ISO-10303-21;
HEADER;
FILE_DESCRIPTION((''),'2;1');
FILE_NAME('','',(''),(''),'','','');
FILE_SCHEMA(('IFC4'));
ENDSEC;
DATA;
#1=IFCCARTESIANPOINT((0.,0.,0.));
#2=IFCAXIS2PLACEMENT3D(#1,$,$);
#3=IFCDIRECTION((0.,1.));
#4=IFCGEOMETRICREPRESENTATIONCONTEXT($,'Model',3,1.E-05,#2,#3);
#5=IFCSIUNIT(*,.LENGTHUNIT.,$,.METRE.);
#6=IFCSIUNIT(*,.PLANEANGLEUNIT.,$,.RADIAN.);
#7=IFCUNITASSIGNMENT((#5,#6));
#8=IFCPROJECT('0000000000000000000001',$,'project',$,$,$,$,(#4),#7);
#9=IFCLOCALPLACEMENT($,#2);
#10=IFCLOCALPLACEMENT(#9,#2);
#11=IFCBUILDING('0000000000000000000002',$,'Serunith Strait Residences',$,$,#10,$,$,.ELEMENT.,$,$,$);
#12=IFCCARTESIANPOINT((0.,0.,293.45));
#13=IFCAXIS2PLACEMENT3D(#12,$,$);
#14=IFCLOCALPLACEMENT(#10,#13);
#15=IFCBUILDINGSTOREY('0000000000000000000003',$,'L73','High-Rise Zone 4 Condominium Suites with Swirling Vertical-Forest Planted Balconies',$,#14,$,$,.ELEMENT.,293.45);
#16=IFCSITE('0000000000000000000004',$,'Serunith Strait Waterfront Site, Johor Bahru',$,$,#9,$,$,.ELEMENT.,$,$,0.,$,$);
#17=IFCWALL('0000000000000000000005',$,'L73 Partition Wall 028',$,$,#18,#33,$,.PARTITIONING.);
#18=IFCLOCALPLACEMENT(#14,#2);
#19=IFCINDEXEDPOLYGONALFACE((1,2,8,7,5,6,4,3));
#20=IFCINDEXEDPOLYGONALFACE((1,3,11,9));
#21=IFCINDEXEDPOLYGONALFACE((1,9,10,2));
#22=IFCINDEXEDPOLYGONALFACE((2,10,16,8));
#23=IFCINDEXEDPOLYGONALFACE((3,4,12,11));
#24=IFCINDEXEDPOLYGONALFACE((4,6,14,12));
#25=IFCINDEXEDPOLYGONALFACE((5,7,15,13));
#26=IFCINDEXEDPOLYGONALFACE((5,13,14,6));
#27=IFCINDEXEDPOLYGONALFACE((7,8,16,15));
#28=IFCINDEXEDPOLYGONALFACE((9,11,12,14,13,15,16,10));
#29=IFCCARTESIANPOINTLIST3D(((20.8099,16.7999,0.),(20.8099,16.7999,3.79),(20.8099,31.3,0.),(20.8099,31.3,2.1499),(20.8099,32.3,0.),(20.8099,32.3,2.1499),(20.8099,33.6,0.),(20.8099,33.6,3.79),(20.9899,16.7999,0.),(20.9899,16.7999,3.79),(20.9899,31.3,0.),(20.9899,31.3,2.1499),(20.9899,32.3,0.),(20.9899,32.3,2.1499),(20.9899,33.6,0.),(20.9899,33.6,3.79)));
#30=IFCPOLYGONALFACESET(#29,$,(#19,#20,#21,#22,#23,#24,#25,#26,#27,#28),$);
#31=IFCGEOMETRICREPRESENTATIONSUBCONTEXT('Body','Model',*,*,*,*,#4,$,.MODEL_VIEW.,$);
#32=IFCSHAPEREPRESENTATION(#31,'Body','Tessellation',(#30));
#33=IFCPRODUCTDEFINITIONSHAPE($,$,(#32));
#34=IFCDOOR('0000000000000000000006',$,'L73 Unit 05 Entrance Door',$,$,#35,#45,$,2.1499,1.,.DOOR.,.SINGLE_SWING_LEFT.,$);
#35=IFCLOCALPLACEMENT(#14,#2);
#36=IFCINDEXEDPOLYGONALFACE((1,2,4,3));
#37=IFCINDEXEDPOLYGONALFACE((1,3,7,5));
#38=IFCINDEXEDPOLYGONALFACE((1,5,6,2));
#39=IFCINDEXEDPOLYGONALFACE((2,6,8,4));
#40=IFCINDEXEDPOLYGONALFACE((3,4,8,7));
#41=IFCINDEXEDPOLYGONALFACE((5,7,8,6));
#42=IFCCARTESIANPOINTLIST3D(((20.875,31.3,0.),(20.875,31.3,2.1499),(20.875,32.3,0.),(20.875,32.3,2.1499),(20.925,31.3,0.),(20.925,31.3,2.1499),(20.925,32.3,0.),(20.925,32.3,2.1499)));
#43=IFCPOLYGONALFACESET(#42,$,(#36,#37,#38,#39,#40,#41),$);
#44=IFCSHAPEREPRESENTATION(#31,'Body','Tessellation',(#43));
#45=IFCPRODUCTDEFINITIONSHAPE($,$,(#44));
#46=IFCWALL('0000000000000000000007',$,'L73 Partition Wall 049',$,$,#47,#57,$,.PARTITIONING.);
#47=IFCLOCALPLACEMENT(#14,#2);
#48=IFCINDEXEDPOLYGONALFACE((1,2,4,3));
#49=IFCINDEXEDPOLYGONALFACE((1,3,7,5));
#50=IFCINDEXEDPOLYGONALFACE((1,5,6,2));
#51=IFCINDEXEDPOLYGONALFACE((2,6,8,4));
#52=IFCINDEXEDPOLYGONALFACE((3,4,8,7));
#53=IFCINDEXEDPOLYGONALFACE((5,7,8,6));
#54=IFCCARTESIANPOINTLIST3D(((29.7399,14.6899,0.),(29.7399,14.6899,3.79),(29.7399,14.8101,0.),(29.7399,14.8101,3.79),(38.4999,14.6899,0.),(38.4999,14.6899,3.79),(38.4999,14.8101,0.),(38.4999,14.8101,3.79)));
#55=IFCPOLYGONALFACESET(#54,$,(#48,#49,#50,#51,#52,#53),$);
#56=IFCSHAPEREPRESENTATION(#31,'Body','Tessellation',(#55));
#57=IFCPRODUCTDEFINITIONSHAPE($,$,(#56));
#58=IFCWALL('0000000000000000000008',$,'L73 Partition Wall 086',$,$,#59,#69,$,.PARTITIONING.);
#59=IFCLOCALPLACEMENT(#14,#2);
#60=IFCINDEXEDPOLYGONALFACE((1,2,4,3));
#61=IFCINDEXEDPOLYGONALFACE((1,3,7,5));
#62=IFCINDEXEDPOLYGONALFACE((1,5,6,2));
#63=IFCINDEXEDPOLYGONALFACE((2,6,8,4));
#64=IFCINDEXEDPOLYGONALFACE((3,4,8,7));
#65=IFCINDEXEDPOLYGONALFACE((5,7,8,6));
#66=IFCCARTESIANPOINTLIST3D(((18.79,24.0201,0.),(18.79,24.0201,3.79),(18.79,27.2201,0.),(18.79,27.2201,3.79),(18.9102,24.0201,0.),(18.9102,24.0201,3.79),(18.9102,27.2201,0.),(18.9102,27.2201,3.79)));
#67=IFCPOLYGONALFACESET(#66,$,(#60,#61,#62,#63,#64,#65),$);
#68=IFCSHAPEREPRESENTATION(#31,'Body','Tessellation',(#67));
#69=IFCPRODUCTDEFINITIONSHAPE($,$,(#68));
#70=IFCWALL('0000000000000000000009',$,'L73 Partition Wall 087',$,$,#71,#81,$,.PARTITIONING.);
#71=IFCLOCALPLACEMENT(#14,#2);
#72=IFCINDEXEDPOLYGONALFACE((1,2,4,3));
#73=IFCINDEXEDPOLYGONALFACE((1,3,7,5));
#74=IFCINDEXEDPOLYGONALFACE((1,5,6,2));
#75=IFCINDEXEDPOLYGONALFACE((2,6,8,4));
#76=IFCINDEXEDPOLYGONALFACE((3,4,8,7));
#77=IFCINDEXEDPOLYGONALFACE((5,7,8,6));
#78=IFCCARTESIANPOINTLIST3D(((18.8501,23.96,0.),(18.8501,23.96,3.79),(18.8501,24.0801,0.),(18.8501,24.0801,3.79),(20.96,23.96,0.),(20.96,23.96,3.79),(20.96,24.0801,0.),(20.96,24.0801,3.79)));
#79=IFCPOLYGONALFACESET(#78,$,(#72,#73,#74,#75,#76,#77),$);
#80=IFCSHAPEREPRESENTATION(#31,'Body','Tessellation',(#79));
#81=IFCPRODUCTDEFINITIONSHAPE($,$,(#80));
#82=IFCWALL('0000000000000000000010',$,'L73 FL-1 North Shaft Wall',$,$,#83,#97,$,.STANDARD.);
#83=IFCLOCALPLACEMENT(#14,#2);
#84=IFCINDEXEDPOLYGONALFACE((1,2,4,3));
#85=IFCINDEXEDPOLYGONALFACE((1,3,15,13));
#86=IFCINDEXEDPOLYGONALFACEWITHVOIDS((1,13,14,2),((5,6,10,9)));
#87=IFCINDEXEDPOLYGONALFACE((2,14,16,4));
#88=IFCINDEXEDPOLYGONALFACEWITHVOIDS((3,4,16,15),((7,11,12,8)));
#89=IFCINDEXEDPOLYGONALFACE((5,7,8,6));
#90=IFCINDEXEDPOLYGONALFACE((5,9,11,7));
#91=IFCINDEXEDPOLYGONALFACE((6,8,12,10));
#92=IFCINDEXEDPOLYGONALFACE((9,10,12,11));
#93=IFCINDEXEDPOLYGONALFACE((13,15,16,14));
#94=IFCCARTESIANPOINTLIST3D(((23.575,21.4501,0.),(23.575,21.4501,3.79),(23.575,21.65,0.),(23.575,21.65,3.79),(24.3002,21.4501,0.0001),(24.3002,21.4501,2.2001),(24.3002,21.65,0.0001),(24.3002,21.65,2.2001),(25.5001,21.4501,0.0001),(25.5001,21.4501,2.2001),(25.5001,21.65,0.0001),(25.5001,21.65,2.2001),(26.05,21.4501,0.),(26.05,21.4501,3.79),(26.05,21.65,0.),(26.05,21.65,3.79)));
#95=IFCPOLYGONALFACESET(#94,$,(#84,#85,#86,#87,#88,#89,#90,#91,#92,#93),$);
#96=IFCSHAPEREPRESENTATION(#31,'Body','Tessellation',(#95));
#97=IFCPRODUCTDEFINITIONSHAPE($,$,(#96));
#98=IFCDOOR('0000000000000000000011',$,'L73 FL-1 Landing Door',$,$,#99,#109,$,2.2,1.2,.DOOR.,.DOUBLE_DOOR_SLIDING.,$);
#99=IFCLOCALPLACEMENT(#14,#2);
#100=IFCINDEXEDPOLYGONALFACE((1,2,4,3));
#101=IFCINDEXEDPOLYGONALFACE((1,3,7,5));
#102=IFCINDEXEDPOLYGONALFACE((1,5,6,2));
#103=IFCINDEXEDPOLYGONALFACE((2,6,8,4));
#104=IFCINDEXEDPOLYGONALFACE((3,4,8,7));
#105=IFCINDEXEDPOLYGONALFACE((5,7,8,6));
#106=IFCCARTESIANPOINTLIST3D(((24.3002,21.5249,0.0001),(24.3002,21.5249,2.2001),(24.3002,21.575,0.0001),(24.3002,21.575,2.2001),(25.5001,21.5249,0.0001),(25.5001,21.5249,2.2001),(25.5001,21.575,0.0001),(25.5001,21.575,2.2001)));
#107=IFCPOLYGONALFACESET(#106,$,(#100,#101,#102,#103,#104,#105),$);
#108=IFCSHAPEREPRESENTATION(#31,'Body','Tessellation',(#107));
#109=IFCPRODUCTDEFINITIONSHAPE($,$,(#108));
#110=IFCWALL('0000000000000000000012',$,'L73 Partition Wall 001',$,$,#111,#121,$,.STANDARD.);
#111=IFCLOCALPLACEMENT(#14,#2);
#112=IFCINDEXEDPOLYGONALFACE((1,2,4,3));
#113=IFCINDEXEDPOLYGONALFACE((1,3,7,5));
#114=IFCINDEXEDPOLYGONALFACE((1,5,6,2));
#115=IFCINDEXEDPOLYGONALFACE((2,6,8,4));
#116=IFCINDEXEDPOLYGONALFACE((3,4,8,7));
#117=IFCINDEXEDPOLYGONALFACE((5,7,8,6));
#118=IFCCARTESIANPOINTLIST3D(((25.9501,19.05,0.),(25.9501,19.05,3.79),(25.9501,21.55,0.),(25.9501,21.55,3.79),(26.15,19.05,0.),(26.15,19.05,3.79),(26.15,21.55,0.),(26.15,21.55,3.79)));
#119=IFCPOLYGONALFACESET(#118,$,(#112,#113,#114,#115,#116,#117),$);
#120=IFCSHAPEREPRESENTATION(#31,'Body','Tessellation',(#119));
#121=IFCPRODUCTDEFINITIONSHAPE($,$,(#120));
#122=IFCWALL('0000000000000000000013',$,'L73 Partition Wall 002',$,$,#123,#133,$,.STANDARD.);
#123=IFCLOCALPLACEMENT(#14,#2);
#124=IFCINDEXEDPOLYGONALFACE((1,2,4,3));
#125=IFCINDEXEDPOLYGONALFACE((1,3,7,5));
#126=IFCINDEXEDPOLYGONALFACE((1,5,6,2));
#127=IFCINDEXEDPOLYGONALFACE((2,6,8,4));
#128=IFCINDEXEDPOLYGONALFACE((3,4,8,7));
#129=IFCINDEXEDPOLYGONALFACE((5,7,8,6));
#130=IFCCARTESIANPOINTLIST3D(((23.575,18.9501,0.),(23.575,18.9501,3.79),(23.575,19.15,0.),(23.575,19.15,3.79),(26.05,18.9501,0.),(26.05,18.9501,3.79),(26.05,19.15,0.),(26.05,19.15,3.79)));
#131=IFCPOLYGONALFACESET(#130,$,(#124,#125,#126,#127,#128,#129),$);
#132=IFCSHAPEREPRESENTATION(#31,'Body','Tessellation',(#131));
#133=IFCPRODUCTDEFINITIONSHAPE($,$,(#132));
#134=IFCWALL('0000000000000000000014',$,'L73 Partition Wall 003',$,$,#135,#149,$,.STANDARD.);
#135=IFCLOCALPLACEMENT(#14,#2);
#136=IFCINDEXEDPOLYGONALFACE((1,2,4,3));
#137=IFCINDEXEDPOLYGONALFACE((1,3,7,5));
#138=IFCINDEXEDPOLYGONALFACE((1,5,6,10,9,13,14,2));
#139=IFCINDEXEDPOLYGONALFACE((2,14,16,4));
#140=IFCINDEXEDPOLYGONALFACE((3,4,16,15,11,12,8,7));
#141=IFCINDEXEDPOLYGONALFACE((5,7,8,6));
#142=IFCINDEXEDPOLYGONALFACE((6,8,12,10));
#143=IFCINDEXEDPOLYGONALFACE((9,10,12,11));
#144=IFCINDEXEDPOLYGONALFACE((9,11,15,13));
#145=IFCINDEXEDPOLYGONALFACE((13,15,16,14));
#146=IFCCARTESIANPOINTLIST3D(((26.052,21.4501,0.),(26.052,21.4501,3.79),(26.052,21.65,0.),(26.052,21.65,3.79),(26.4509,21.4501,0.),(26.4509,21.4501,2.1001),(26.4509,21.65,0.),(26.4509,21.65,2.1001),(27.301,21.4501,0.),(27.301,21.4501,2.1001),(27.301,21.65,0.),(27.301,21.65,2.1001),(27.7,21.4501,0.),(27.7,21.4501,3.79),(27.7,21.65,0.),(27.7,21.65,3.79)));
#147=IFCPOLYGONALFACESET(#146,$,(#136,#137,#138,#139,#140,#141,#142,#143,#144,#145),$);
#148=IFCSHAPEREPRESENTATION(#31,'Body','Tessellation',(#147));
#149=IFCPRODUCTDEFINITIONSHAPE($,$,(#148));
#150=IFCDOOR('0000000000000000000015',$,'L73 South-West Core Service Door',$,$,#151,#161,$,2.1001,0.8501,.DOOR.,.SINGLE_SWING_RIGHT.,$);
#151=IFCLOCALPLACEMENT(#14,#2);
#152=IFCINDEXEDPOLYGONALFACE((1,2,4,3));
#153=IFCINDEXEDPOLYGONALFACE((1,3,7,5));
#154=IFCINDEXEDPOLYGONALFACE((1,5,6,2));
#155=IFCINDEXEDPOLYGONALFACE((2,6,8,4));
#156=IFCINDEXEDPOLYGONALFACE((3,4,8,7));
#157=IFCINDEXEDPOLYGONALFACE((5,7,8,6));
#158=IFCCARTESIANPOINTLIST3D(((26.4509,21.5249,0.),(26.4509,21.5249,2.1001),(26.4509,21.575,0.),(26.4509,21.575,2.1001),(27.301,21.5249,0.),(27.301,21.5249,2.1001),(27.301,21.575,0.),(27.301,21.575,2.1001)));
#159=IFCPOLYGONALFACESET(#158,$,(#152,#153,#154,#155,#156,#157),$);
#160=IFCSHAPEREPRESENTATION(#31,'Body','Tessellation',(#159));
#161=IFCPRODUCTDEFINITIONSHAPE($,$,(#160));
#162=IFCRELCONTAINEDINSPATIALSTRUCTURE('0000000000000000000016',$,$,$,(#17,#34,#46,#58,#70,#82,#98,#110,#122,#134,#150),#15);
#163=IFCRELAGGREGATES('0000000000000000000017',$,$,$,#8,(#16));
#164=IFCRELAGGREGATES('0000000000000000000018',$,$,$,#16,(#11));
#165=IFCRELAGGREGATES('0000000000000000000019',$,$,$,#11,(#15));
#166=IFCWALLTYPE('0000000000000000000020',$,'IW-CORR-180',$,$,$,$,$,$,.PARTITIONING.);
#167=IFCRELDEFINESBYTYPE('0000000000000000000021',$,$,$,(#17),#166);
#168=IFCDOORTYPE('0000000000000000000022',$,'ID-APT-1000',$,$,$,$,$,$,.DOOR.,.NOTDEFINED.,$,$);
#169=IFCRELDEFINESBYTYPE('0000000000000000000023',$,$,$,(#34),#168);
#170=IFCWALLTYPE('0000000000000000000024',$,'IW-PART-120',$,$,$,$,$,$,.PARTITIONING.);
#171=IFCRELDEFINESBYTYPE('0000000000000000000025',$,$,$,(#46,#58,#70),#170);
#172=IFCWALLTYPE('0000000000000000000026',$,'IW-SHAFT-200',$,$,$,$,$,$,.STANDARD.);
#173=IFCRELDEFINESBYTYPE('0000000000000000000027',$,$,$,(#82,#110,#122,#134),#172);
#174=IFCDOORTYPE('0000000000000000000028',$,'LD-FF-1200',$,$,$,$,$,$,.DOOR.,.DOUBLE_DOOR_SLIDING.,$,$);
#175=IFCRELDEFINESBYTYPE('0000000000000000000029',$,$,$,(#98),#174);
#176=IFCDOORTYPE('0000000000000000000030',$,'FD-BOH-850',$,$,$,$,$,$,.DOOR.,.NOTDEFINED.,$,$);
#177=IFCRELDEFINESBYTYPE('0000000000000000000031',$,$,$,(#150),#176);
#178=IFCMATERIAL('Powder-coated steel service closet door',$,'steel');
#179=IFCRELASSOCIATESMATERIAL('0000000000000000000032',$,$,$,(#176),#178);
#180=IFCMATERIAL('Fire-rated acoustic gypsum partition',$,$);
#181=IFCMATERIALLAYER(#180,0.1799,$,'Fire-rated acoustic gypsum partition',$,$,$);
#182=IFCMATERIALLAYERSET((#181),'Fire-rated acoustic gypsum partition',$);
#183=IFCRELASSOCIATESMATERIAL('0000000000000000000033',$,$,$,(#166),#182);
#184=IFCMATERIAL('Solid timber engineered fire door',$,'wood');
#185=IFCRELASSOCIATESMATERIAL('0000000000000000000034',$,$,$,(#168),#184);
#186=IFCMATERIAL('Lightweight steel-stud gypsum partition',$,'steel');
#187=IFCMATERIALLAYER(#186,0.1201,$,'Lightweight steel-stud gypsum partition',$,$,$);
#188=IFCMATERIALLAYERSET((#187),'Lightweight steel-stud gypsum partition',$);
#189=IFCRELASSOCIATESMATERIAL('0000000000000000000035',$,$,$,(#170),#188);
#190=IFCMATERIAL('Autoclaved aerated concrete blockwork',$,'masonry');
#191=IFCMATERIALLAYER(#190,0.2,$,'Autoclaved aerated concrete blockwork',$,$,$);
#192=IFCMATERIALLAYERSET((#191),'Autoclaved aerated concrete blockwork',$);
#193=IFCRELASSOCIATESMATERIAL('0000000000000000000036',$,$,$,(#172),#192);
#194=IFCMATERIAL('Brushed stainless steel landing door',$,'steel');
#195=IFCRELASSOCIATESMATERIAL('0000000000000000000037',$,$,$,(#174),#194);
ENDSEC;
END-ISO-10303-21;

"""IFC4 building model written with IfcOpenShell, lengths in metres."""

from ifc_helpers import new_model, si_unit, direction, frame, frame_2d, origin, place, context, subcontext, project, spatial, rectangle, extrude, source, transform, mapped, material, layer, layer_set, type_object, element, fill, save


model = new_model("IFC4")

# Units and contexts
model_context = context("Model", 3, precision=1e-05, world=origin(), true_north=direction((0.0, 1.0)))
body_context = subcontext(model_context, "Body", "Model", "MODEL_VIEW")
ifc_project = project(units=[si_unit("LENGTHUNIT", "METRE"), si_unit("PLANEANGLEUNIT", "RADIAN")], contexts=[model_context])

# Site, building, storey
site_placement = place(None, origin())
site = spatial("IfcSite", under=ifc_project, at=site_placement, Name="Serunith Strait Waterfront Site, Johor Bahru", CompositionType="ELEMENT", RefElevation=0.0)
building_placement = place(site_placement, origin())
building = spatial("IfcBuilding", under=site, at=building_placement, Name="Serunith Strait Residences", CompositionType="ELEMENT")
storey_placement = place(building_placement, frame((0.0, 0.0, 293.45)))
storey = spatial("IfcBuildingStorey", under=building, at=storey_placement, Name="L73", Description="High-Rise Zone 4 Condominium Suites with Swirling Vertical-Forest Planted Balconies", CompositionType="ELEMENT", Elevation=293.45)

# Wall, opening, door
ifc_material_1 = material(Name="Powder-coated steel service closet door", Category="steel")
door_type_1 = type_object("IfcDoorType", Name="FD-BOH-850", OperationType="NOTDEFINED", PredefinedType="DOOR", material=ifc_material_1)
shared_shape_1 = source(origin(), body_context, "Body", "SweptSolid", [
    extrude(rectangle(XDim=0.8501, YDim=2.1001, at=frame_2d((0.425, 1.05))), frame((0.0, 0.0249, 0.0), z_axis=(0.0, -1.0, 0.0), x_axis=(1.0, 0.0, 0.0)), (0.0, 0.0, 1.0), 0.05),
])
ifc_material_2 = material(Name="Fire-rated acoustic gypsum partition")
ifc_layer_1 = layer(ifc_material_2, 0.1799, Name="Fire-rated acoustic gypsum partition")
ifc_layer_set_1 = layer_set([ifc_layer_1], Name="Fire-rated acoustic gypsum partition")
wall_type_1 = type_object("IfcWallType", Name="IW-CORR-180", PredefinedType="PARTITIONING", material=ifc_layer_set_1)
ifc_material_3 = material(Name="Solid timber engineered fire door", Category="wood")
door_type_2 = type_object("IfcDoorType", Name="ID-APT-1000", OperationType="NOTDEFINED", PredefinedType="DOOR", material=ifc_material_3)
shared_shape_2 = source(origin(), body_context, "Body", "SweptSolid", [
    extrude(rectangle(XDim=1.0, YDim=2.1499, at=frame_2d((0.5, 1.075))), frame((0.0, 0.0249, 0.0), z_axis=(0.0, -1.0, 0.0), x_axis=(1.0, 0.0, 0.0)), (0.0, 0.0, 1.0), 0.05),
])
wall_1_placement = place(storey_placement, frame((20.8999, 16.8, 0.0), z_axis=(0.0, 0.0, 1.0), x_axis=(0.0, 1.0, 0.0)))
wall_1 = element("IfcWall", 1, at=wall_1_placement, inside=storey, type_object=wall_type_1, Name="L73 Partition Wall 028", PredefinedType="PARTITIONING", context=body_context, shape_type="SweptSolid", body=[
    extrude(rectangle(XDim=16.8, YDim=0.1799, at=frame_2d((8.3999, 0.0))), origin(), (0.0, 0.0, 1.0), 3.79),
])
opening_1_placement = place(wall_1_placement, frame((14.5, 0.0, 0.0)))
opening_1 = element("IfcOpeningElement", 2, at=opening_1_placement, cuts=wall_1, PredefinedType="OPENING", context=body_context, shape_type="SweptSolid", body=[
    extrude(rectangle(XDim=1.0, YDim=2.1499, at=frame_2d((0.5, 1.075))), frame((0.0, 0.1001, 0.0), z_axis=(0.0, -1.0, 0.0), x_axis=(1.0, 0.0, 0.0)), (0.0, 0.0, 1.0), 0.2),
])
door_1_placement = place(opening_1_placement, origin())
door_1 = element("IfcDoor", 3, at=door_1_placement, inside=storey, type_object=door_type_2, Name="L73 Unit 05 Entrance Door", OperationType="SINGLE_SWING_LEFT", OverallHeight=2.1499, OverallWidth=1.0, PredefinedType="DOOR", context=body_context, shape_type="MappedRepresentation", body=[
    mapped(shared_shape_2, transform((0.0, 0.0, 0.0), scale=1.0)),
])
fill(opening_1, door_1)

# Walls
ifc_material_4 = material(Name="Lightweight steel-stud gypsum partition", Category="steel")
ifc_layer_2 = layer(ifc_material_4, 0.1201, Name="Lightweight steel-stud gypsum partition")
ifc_layer_set_2 = layer_set([ifc_layer_2], Name="Lightweight steel-stud gypsum partition")
wall_type_2 = type_object("IfcWallType", Name="IW-PART-120", PredefinedType="PARTITIONING", material=ifc_layer_set_2)
wall_2_placement = place(storey_placement, frame((29.74, 14.75, 0.0), z_axis=(0.0, 0.0, 1.0), x_axis=(1.0, 0.0, 0.0)))
element("IfcWall", 4, at=wall_2_placement, inside=storey, type_object=wall_type_2, Name="L73 Partition Wall 049", PredefinedType="PARTITIONING", context=body_context, shape_type="SweptSolid", body=[
    extrude(rectangle(XDim=8.76, YDim=0.1201, at=frame_2d((4.3799, 0.0))), origin(), (0.0, 0.0, 1.0), 3.79),
])
wall_3_placement = place(storey_placement, frame((18.8501, 24.02, 0.0), z_axis=(0.0, 0.0, 1.0), x_axis=(0.0, 1.0, 0.0)))
element("IfcWall", 5, at=wall_3_placement, inside=storey, type_object=wall_type_2, Name="L73 Partition Wall 086", PredefinedType="PARTITIONING", context=body_context, shape_type="SweptSolid", body=[
    extrude(rectangle(XDim=3.2, YDim=0.1201, at=frame_2d((1.6001, 0.0))), origin(), (0.0, 0.0, 1.0), 3.79),
])
wall_4_placement = place(storey_placement, frame((18.8501, 24.02, 0.0), z_axis=(0.0, 0.0, 1.0), x_axis=(1.0, 0.0, 0.0)))
element("IfcWall", 6, at=wall_4_placement, inside=storey, type_object=wall_type_2, Name="L73 Partition Wall 087", PredefinedType="PARTITIONING", context=body_context, shape_type="SweptSolid", body=[
    extrude(rectangle(XDim=2.1099, YDim=0.1201, at=frame_2d((1.0549, 0.0))), origin(), (0.0, 0.0, 1.0), 3.79),
])

# Wall, opening, door
ifc_material_5 = material(Name="Autoclaved aerated concrete blockwork", Category="masonry")
ifc_layer_3 = layer(ifc_material_5, 0.2, Name="Autoclaved aerated concrete blockwork")
ifc_layer_set_3 = layer_set([ifc_layer_3], Name="Autoclaved aerated concrete blockwork")
wall_type_3 = type_object("IfcWallType", Name="IW-SHAFT-200", PredefinedType="STANDARD", material=ifc_layer_set_3)
wall_5_placement = place(storey_placement, frame((23.575, 21.55, 0.0), z_axis=(0.0, 0.0, 1.0), x_axis=(1.0, 0.0, 0.0)))
wall_5 = element("IfcWall", 7, at=wall_5_placement, inside=storey, type_object=wall_type_3, Name="L73 FL-1 North Shaft Wall", PredefinedType="STANDARD", context=body_context, shape_type="SweptSolid", body=[
    extrude(rectangle(XDim=2.4751, YDim=0.2, at=frame_2d((1.2375, 0.0))), origin(), (0.0, 0.0, 1.0), 3.79),
])
opening_2_placement = place(wall_5_placement, frame((0.7251, 0.0, 0.0)))
opening_2 = element("IfcOpeningElement", 8, at=opening_2_placement, cuts=wall_5, PredefinedType="OPENING", context=body_context, shape_type="SweptSolid", body=[
    extrude(rectangle(XDim=1.2, YDim=2.2, at=frame_2d((0.6001, 1.1001))), frame((0.0, 0.1099, 0.0), z_axis=(0.0, -1.0, 0.0), x_axis=(1.0, 0.0, 0.0)), (0.0, 0.0, 1.0), 0.22),
])
ifc_material_6 = material(Name="Brushed stainless steel landing door", Category="steel")
door_type_3 = type_object("IfcDoorType", Name="LD-FF-1200", OperationType="DOUBLE_DOOR_SLIDING", PredefinedType="DOOR", material=ifc_material_6)
shared_shape_3 = source(origin(), body_context, "Body", "SweptSolid", [
    extrude(rectangle(XDim=1.2, YDim=2.2, at=frame_2d((0.6001, 1.1001))), frame((0.0, 0.0249, 0.0), z_axis=(0.0, -1.0, 0.0), x_axis=(1.0, 0.0, 0.0)), (0.0, 0.0, 1.0), 0.05),
])
door_2_placement = place(opening_2_placement, origin())
door_2 = element("IfcDoor", 9, at=door_2_placement, inside=storey, type_object=door_type_3, Name="L73 FL-1 Landing Door", OperationType="DOUBLE_DOOR_SLIDING", OverallHeight=2.2, OverallWidth=1.2, PredefinedType="DOOR", context=body_context, shape_type="MappedRepresentation", body=[
    mapped(shared_shape_3, transform((0.0, 0.0, 0.0), scale=1.0)),
])
fill(opening_2, door_2)

# Walls
wall_6_placement = place(storey_placement, frame((26.05, 19.05, 0.0), z_axis=(0.0, 0.0, 1.0), x_axis=(0.0, 1.0, 0.0)))
element("IfcWall", 10, at=wall_6_placement, inside=storey, type_object=wall_type_3, Name="L73 Partition Wall 001", PredefinedType="STANDARD", context=body_context, shape_type="SweptSolid", body=[
    extrude(rectangle(XDim=2.5, YDim=0.2, at=frame_2d((1.25, 0.0))), origin(), (0.0, 0.0, 1.0), 3.79),
])
wall_7_placement = place(storey_placement, frame((23.575, 19.05, 0.0), z_axis=(0.0, 0.0, 1.0), x_axis=(1.0, 0.0, 0.0)))
element("IfcWall", 11, at=wall_7_placement, inside=storey, type_object=wall_type_3, Name="L73 Partition Wall 002", PredefinedType="STANDARD", context=body_context, shape_type="SweptSolid", body=[
    extrude(rectangle(XDim=2.4751, YDim=0.2, at=frame_2d((1.2375, 0.0))), origin(), (0.0, 0.0, 1.0), 3.79),
])

# Wall, opening, door
wall_8_placement = place(storey_placement, frame((26.052, 21.55, 0.0), z_axis=(0.0, 0.0, 1.0), x_axis=(1.0, 0.0, 0.0)))
wall_8 = element("IfcWall", 12, at=wall_8_placement, inside=storey, type_object=wall_type_3, Name="L73 Partition Wall 003", PredefinedType="STANDARD", context=body_context, shape_type="SweptSolid", body=[
    extrude(rectangle(XDim=1.6479, YDim=0.2, at=frame_2d((0.824, 0.0))), origin(), (0.0, 0.0, 1.0), 3.79),
])
opening_3_placement = place(wall_8_placement, frame((0.3989, 0.0, 0.0)))
opening_3 = element("IfcOpeningElement", 13, at=opening_3_placement, cuts=wall_8, PredefinedType="OPENING", context=body_context, shape_type="SweptSolid", body=[
    extrude(rectangle(XDim=0.8501, YDim=2.1001, at=frame_2d((0.425, 1.05))), frame((0.0, 0.1099, 0.0), z_axis=(0.0, -1.0, 0.0), x_axis=(1.0, 0.0, 0.0)), (0.0, 0.0, 1.0), 0.22),
])
door_3_placement = place(opening_3_placement, origin())
door_3 = element("IfcDoor", 14, at=door_3_placement, inside=storey, type_object=door_type_1, Name="L73 South-West Core Service Door", OperationType="SINGLE_SWING_RIGHT", OverallHeight=2.1001, OverallWidth=0.8501, PredefinedType="DOOR", context=body_context, shape_type="MappedRepresentation", body=[
    mapped(shared_shape_1, transform((0.0, 0.0, 0.0), scale=1.0)),
])
fill(opening_3, door_3)

save(model, "model.ifc")
